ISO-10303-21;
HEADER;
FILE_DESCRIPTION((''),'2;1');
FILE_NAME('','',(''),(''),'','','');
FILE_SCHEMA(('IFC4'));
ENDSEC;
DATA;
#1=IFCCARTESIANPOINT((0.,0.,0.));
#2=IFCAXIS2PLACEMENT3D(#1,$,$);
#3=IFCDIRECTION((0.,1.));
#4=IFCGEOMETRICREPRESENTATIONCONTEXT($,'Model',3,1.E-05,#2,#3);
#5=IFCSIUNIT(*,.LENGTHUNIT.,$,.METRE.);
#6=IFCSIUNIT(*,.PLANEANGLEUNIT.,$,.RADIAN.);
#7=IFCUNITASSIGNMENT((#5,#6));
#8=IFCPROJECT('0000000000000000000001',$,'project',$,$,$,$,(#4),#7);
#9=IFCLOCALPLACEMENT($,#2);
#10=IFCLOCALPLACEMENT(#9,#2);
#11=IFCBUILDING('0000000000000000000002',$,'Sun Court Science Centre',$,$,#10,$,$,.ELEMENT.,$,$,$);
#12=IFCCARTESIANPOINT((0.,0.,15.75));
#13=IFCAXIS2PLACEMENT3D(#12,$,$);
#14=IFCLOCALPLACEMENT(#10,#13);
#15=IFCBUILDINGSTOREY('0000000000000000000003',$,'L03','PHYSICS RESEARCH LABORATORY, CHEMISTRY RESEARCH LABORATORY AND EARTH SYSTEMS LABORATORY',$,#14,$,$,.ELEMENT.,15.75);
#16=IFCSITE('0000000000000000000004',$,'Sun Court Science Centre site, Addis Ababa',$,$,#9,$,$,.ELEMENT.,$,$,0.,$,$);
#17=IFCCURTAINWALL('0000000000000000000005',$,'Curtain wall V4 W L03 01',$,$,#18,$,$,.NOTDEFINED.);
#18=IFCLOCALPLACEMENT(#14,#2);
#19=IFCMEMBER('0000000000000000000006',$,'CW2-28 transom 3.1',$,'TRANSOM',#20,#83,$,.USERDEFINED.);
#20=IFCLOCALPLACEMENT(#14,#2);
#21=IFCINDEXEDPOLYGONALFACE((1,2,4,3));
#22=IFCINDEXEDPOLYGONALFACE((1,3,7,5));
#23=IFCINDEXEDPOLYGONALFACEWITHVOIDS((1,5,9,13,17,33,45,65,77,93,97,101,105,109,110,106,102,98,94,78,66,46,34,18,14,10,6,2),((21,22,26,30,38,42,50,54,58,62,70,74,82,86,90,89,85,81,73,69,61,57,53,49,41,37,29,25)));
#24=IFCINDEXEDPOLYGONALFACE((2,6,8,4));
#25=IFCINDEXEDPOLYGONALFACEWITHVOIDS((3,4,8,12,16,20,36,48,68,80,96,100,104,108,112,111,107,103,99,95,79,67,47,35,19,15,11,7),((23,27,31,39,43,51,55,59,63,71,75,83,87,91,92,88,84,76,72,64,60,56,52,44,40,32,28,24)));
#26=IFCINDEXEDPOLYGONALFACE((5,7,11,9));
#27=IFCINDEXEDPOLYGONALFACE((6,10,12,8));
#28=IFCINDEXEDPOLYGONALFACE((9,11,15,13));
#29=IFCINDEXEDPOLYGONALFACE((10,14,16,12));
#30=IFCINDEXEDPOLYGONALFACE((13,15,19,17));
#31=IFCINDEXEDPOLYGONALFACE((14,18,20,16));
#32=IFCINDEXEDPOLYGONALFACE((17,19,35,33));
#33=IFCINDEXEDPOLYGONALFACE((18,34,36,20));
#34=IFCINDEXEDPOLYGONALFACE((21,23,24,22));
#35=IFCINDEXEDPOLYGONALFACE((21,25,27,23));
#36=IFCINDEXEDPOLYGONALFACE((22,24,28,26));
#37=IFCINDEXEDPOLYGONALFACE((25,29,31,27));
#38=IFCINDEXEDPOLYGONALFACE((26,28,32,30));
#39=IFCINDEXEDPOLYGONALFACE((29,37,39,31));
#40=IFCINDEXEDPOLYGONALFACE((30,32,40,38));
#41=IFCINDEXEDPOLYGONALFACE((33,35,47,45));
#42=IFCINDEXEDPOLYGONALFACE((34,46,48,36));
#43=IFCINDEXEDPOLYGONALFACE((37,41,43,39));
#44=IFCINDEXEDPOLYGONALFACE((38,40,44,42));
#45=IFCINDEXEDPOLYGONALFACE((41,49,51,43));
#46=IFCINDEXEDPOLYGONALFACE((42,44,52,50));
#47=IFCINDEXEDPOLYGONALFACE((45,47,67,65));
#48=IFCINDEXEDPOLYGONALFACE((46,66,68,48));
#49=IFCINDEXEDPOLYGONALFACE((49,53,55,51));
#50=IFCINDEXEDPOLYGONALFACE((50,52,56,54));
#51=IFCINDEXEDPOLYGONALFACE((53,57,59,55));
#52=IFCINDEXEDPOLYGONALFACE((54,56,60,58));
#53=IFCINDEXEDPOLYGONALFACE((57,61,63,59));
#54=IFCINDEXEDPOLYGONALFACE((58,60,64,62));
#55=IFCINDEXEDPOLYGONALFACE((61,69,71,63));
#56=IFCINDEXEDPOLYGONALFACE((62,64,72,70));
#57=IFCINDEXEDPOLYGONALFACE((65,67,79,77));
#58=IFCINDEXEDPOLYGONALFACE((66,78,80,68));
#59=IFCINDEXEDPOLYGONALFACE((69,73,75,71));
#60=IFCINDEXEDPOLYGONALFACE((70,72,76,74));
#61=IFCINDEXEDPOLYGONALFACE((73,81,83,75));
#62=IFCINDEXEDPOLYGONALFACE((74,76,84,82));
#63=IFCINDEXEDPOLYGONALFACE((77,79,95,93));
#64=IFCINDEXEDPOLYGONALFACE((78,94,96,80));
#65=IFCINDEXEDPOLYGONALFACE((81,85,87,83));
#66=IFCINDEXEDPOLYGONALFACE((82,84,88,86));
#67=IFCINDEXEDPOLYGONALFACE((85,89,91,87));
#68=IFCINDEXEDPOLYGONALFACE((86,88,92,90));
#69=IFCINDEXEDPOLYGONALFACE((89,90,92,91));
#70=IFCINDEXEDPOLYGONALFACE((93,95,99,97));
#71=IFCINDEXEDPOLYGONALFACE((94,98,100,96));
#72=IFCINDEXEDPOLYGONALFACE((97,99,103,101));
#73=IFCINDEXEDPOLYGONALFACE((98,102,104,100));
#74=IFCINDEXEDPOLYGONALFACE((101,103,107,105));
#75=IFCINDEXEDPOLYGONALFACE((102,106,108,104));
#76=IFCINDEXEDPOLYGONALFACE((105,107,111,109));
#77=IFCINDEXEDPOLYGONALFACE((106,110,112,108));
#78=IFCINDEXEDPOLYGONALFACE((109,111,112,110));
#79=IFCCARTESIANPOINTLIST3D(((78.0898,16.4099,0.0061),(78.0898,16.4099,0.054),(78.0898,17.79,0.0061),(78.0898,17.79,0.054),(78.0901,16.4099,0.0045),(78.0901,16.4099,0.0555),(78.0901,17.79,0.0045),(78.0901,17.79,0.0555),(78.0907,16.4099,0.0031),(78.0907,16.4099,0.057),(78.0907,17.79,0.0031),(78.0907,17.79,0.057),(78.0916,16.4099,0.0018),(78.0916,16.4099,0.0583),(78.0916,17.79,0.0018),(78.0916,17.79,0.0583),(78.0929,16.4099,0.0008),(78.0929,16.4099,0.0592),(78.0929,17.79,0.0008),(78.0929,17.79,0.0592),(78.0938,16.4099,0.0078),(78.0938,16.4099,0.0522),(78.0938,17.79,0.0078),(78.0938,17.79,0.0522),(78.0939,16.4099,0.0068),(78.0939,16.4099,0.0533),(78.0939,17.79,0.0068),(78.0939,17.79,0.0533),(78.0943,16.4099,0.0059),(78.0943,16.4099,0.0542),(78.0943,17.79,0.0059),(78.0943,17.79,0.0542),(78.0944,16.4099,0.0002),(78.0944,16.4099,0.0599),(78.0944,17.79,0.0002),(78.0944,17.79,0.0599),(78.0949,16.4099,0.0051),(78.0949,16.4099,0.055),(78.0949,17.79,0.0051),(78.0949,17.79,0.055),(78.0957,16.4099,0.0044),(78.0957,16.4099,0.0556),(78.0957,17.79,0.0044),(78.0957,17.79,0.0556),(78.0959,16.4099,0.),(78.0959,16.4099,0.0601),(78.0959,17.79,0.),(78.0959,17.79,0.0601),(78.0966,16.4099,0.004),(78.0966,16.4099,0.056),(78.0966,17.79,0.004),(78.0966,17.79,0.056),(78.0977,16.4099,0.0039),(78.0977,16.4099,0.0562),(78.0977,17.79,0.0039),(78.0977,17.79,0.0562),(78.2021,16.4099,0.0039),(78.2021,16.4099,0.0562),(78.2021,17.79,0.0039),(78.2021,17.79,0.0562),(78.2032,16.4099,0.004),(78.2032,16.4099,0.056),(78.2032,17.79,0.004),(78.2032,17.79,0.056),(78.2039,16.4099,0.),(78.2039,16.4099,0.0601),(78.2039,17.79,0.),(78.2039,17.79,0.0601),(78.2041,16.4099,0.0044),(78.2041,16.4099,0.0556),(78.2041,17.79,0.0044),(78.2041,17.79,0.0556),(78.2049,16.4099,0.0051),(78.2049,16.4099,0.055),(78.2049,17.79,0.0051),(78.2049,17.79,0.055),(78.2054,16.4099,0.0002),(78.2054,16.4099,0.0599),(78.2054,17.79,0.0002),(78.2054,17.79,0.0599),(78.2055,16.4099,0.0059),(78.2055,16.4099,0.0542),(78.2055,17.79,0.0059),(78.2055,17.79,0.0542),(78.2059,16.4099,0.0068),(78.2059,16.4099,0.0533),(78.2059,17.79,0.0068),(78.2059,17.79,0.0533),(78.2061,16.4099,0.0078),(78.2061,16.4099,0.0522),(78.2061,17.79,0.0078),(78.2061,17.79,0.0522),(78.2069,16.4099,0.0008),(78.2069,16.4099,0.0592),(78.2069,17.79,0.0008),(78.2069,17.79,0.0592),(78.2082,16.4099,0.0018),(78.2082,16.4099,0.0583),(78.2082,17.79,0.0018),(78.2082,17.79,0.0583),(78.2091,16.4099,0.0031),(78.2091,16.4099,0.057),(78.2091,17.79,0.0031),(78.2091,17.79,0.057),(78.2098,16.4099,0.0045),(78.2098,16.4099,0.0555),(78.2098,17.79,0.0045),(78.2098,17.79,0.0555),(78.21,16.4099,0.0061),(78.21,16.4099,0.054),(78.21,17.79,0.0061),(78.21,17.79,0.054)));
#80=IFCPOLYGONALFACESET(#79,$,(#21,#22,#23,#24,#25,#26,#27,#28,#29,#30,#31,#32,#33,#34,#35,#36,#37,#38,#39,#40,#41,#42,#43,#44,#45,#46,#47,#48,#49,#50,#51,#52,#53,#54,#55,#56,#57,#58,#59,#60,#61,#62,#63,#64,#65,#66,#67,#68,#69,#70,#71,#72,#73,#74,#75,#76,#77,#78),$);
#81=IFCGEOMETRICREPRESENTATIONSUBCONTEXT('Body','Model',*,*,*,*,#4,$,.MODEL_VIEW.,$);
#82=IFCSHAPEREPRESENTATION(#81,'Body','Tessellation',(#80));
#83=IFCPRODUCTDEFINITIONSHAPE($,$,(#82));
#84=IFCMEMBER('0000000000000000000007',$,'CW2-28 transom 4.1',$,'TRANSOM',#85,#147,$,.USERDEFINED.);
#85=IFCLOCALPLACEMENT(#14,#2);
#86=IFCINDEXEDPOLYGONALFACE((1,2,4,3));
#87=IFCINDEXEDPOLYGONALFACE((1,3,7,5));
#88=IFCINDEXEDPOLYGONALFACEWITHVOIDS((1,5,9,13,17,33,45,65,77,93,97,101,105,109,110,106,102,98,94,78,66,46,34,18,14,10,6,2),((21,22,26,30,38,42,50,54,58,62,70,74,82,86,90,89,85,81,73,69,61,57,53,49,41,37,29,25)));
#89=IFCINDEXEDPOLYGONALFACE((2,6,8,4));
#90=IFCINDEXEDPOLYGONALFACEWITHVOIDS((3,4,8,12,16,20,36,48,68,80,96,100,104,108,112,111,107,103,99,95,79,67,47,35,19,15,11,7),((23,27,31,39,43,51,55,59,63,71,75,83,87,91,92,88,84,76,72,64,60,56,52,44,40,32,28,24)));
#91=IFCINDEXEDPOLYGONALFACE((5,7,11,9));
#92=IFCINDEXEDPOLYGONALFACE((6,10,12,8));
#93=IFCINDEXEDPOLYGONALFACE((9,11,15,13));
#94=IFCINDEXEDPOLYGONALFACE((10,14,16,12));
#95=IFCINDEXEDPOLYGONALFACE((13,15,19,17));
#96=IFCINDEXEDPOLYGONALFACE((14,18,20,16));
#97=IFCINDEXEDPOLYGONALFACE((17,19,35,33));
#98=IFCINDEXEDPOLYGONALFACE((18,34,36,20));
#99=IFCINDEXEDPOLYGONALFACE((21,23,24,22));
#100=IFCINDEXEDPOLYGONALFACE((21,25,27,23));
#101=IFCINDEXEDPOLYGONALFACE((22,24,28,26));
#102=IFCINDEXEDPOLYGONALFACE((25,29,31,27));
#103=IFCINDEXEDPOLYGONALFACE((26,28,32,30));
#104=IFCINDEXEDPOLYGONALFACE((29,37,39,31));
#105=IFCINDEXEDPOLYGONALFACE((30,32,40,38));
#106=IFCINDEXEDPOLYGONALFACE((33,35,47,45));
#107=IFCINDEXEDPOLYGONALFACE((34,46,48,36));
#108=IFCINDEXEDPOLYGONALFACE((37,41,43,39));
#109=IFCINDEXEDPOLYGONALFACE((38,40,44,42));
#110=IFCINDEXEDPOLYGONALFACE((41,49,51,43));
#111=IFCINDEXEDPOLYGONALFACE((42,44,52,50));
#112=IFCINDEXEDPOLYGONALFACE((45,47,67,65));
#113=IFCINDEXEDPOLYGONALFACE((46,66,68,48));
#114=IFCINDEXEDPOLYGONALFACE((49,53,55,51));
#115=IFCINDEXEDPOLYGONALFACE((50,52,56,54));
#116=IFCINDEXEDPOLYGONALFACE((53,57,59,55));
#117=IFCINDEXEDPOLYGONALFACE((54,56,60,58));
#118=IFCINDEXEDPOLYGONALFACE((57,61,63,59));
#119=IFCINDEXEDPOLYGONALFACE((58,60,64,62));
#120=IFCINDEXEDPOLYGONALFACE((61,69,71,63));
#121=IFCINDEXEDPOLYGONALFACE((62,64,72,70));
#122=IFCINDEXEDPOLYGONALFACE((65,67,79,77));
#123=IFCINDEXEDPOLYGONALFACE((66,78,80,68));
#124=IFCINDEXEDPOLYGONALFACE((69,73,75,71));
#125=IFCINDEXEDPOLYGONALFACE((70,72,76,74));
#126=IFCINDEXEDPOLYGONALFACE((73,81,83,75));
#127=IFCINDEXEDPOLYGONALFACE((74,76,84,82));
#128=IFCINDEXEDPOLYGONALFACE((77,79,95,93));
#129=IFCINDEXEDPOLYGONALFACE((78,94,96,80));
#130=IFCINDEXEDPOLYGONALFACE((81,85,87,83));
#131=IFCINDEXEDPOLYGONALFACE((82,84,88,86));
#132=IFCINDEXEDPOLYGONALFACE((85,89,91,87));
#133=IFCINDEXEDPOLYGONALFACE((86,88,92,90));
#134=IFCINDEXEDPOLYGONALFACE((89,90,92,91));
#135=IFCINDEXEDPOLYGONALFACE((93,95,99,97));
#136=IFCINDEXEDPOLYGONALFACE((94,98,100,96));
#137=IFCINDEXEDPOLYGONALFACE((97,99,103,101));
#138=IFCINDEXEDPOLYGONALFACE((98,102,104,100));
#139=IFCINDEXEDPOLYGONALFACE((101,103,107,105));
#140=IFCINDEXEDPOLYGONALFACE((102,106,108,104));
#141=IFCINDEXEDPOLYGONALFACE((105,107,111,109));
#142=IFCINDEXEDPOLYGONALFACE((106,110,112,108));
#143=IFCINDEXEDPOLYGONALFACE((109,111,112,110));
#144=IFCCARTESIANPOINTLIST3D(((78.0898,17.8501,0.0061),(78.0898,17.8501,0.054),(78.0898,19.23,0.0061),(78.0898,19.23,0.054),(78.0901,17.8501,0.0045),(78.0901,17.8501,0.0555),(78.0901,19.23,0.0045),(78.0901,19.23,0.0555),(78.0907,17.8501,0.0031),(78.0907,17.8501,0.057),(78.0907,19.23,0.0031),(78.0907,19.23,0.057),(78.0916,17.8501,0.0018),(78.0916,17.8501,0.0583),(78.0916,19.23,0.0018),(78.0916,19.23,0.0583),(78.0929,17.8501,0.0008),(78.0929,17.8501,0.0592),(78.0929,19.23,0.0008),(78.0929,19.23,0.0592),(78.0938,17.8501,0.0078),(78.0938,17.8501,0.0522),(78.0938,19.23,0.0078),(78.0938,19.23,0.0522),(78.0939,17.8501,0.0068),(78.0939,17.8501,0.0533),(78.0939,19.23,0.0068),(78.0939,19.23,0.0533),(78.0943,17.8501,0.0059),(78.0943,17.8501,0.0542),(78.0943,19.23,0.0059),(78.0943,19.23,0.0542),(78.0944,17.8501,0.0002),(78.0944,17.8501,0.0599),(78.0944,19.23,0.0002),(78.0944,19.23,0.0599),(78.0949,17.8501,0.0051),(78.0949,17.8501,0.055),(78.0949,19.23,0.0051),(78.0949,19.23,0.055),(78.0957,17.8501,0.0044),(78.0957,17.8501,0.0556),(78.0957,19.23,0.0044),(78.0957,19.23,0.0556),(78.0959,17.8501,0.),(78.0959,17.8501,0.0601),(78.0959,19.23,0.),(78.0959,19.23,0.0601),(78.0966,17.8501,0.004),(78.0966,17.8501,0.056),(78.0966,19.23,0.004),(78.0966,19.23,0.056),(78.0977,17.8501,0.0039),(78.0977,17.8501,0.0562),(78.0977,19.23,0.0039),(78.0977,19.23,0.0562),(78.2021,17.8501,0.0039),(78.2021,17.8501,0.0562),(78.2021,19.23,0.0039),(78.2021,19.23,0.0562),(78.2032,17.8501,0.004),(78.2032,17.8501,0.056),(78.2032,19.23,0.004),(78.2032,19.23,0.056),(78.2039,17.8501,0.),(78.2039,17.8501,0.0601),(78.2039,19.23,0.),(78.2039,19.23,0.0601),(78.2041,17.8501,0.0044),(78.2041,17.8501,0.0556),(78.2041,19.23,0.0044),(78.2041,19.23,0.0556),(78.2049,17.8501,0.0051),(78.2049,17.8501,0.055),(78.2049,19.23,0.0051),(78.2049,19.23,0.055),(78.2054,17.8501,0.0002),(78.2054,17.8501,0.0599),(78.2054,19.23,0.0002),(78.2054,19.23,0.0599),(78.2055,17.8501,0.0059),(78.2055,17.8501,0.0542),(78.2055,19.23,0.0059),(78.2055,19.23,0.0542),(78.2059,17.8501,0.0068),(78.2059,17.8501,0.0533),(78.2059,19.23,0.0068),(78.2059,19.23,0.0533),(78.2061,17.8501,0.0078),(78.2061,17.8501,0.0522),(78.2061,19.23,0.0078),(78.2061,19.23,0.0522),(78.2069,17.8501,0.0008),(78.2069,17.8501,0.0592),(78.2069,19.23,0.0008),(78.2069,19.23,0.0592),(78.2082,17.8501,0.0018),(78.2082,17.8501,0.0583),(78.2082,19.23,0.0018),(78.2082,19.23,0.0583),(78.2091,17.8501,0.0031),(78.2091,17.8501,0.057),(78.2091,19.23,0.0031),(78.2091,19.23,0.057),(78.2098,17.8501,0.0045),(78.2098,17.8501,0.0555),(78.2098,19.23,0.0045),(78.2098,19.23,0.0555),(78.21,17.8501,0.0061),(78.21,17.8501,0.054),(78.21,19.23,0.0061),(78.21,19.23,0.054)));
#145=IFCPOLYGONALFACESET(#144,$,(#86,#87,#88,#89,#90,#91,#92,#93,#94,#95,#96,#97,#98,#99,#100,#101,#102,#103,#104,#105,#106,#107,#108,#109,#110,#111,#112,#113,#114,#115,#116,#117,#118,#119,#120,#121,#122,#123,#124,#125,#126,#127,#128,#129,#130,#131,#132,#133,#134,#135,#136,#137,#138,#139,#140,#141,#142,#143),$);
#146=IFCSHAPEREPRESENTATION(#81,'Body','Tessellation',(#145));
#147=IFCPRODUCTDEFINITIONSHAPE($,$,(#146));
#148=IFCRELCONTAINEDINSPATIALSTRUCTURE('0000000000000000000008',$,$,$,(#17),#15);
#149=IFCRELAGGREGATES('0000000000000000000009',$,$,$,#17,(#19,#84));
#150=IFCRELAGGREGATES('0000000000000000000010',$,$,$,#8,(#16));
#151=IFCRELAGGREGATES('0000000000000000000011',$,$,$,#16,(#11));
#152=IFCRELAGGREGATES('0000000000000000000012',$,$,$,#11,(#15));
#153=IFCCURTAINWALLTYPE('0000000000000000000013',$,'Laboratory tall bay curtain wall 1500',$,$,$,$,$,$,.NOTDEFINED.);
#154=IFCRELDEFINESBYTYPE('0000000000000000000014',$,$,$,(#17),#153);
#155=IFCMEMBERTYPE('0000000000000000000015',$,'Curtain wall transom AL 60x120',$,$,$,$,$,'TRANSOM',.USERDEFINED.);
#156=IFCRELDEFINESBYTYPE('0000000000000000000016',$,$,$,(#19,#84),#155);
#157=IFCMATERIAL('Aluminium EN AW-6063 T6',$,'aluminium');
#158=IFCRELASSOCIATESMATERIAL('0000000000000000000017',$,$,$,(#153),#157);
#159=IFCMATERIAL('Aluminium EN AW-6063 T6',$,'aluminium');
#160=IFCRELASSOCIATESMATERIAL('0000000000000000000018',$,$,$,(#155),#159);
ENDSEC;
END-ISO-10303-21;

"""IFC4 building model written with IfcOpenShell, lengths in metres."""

from ifc_helpers import new_model, si_unit, direction, frame, origin, origin_2d, place, context, subcontext, project, spatial, hollow_rectangle, extrude, material, material_profile, profile_set, type_object, element, aggregate, save


model = new_model("IFC4")

# Units and contexts
model_context = context("Model", 3, precision=1e-05, world=origin(), true_north=direction((0.0, 1.0)))
body_context = subcontext(model_context, "Body", "Model", "MODEL_VIEW")
ifc_project = project(units=[si_unit("LENGTHUNIT", "METRE"), si_unit("PLANEANGLEUNIT", "RADIAN")], contexts=[model_context])

# Site, building, storey
site_placement = place(None, origin())
site = spatial("IfcSite", under=ifc_project, at=site_placement, Name="Sun Court Science Centre site, Addis Ababa", CompositionType="ELEMENT", RefElevation=0.0)
building_placement = place(site_placement, origin())
building = spatial("IfcBuilding", under=site, at=building_placement, Name="Sun Court Science Centre", CompositionType="ELEMENT")
storey_placement = place(building_placement, frame((0.0, 0.0, 15.75)))
storey = spatial("IfcBuildingStorey", under=building, at=storey_placement, Name="L03", Description="PHYSICS RESEARCH LABORATORY, CHEMISTRY RESEARCH LABORATORY AND EARTH SYSTEMS LABORATORY", CompositionType="ELEMENT", Elevation=15.75)

# Curtain wall, members
ifc_material_1 = material(Name="Aluminium EN AW-6063 T6", Category="aluminium")
curtain_wall_type = type_object("IfcCurtainWallType", Name="Laboratory tall bay curtain wall 1500", PredefinedType="NOTDEFINED", material=ifc_material_1)
curtain_wall_placement = place(storey_placement, origin())
curtain_wall = element("IfcCurtainWall", 1, at=curtain_wall_placement, inside=storey, type_object=curtain_wall_type, Name="Curtain wall V4 W L03 01", PredefinedType="NOTDEFINED")
ifc_material_2 = material(Name="Aluminium EN AW-6063 T6", Category="aluminium")
ifc_material_profile_1 = material_profile(ifc_material_2, hollow_rectangle(XDim=0.0601, YDim=0.1201, WallThickness=0.0039, InnerFilletRadius=0.0039, OuterFilletRadius=0.0061, at=origin_2d()), Name="AL 60x120x4")
ifc_profile_set_1 = profile_set([ifc_material_profile_1], Name="Aluminium EN AW-6063 T6")
member_type_1 = type_object("IfcMemberType", Name="Curtain wall transom AL 60x120", ElementType="TRANSOM", PredefinedType="USERDEFINED", material=ifc_profile_set_1)
member_1_placement = place(storey_placement, frame((78.1499, 16.4099, 0.03), z_axis=(0.0, 1.0, 0.0), x_axis=(0.0, 0.0, 1.0)))
member_1 = element("IfcMember", 2, at=member_1_placement, type_object=member_type_1, Name="CW2-28 transom 3.1", ObjectType="TRANSOM", PredefinedType="USERDEFINED", context=body_context, shape_type="SweptSolid", body=[
    extrude(hollow_rectangle(XDim=0.0601, YDim=0.1201, WallThickness=0.0039, InnerFilletRadius=0.0039, OuterFilletRadius=0.0061, at=origin_2d()), origin(), (0.0, 0.0, 1.0), 1.3801),
])
member_2_placement = place(storey_placement, frame((78.1499, 17.8501, 0.03), z_axis=(0.0, 1.0, 0.0), x_axis=(0.0, 0.0, 1.0)))
member_2 = element("IfcMember", 3, at=member_2_placement, type_object=member_type_1, Name="CW2-28 transom 4.1", ObjectType="TRANSOM", PredefinedType="USERDEFINED", context=body_context, shape_type="SweptSolid", body=[
    extrude(hollow_rectangle(XDim=0.0601, YDim=0.1201, WallThickness=0.0039, InnerFilletRadius=0.0039, OuterFilletRadius=0.0061, at=origin_2d()), origin(), (0.0, 0.0, 1.0), 1.3799),
])

aggregate(curtain_wall, [member_1, member_2])

save(model, "model.ifc")
